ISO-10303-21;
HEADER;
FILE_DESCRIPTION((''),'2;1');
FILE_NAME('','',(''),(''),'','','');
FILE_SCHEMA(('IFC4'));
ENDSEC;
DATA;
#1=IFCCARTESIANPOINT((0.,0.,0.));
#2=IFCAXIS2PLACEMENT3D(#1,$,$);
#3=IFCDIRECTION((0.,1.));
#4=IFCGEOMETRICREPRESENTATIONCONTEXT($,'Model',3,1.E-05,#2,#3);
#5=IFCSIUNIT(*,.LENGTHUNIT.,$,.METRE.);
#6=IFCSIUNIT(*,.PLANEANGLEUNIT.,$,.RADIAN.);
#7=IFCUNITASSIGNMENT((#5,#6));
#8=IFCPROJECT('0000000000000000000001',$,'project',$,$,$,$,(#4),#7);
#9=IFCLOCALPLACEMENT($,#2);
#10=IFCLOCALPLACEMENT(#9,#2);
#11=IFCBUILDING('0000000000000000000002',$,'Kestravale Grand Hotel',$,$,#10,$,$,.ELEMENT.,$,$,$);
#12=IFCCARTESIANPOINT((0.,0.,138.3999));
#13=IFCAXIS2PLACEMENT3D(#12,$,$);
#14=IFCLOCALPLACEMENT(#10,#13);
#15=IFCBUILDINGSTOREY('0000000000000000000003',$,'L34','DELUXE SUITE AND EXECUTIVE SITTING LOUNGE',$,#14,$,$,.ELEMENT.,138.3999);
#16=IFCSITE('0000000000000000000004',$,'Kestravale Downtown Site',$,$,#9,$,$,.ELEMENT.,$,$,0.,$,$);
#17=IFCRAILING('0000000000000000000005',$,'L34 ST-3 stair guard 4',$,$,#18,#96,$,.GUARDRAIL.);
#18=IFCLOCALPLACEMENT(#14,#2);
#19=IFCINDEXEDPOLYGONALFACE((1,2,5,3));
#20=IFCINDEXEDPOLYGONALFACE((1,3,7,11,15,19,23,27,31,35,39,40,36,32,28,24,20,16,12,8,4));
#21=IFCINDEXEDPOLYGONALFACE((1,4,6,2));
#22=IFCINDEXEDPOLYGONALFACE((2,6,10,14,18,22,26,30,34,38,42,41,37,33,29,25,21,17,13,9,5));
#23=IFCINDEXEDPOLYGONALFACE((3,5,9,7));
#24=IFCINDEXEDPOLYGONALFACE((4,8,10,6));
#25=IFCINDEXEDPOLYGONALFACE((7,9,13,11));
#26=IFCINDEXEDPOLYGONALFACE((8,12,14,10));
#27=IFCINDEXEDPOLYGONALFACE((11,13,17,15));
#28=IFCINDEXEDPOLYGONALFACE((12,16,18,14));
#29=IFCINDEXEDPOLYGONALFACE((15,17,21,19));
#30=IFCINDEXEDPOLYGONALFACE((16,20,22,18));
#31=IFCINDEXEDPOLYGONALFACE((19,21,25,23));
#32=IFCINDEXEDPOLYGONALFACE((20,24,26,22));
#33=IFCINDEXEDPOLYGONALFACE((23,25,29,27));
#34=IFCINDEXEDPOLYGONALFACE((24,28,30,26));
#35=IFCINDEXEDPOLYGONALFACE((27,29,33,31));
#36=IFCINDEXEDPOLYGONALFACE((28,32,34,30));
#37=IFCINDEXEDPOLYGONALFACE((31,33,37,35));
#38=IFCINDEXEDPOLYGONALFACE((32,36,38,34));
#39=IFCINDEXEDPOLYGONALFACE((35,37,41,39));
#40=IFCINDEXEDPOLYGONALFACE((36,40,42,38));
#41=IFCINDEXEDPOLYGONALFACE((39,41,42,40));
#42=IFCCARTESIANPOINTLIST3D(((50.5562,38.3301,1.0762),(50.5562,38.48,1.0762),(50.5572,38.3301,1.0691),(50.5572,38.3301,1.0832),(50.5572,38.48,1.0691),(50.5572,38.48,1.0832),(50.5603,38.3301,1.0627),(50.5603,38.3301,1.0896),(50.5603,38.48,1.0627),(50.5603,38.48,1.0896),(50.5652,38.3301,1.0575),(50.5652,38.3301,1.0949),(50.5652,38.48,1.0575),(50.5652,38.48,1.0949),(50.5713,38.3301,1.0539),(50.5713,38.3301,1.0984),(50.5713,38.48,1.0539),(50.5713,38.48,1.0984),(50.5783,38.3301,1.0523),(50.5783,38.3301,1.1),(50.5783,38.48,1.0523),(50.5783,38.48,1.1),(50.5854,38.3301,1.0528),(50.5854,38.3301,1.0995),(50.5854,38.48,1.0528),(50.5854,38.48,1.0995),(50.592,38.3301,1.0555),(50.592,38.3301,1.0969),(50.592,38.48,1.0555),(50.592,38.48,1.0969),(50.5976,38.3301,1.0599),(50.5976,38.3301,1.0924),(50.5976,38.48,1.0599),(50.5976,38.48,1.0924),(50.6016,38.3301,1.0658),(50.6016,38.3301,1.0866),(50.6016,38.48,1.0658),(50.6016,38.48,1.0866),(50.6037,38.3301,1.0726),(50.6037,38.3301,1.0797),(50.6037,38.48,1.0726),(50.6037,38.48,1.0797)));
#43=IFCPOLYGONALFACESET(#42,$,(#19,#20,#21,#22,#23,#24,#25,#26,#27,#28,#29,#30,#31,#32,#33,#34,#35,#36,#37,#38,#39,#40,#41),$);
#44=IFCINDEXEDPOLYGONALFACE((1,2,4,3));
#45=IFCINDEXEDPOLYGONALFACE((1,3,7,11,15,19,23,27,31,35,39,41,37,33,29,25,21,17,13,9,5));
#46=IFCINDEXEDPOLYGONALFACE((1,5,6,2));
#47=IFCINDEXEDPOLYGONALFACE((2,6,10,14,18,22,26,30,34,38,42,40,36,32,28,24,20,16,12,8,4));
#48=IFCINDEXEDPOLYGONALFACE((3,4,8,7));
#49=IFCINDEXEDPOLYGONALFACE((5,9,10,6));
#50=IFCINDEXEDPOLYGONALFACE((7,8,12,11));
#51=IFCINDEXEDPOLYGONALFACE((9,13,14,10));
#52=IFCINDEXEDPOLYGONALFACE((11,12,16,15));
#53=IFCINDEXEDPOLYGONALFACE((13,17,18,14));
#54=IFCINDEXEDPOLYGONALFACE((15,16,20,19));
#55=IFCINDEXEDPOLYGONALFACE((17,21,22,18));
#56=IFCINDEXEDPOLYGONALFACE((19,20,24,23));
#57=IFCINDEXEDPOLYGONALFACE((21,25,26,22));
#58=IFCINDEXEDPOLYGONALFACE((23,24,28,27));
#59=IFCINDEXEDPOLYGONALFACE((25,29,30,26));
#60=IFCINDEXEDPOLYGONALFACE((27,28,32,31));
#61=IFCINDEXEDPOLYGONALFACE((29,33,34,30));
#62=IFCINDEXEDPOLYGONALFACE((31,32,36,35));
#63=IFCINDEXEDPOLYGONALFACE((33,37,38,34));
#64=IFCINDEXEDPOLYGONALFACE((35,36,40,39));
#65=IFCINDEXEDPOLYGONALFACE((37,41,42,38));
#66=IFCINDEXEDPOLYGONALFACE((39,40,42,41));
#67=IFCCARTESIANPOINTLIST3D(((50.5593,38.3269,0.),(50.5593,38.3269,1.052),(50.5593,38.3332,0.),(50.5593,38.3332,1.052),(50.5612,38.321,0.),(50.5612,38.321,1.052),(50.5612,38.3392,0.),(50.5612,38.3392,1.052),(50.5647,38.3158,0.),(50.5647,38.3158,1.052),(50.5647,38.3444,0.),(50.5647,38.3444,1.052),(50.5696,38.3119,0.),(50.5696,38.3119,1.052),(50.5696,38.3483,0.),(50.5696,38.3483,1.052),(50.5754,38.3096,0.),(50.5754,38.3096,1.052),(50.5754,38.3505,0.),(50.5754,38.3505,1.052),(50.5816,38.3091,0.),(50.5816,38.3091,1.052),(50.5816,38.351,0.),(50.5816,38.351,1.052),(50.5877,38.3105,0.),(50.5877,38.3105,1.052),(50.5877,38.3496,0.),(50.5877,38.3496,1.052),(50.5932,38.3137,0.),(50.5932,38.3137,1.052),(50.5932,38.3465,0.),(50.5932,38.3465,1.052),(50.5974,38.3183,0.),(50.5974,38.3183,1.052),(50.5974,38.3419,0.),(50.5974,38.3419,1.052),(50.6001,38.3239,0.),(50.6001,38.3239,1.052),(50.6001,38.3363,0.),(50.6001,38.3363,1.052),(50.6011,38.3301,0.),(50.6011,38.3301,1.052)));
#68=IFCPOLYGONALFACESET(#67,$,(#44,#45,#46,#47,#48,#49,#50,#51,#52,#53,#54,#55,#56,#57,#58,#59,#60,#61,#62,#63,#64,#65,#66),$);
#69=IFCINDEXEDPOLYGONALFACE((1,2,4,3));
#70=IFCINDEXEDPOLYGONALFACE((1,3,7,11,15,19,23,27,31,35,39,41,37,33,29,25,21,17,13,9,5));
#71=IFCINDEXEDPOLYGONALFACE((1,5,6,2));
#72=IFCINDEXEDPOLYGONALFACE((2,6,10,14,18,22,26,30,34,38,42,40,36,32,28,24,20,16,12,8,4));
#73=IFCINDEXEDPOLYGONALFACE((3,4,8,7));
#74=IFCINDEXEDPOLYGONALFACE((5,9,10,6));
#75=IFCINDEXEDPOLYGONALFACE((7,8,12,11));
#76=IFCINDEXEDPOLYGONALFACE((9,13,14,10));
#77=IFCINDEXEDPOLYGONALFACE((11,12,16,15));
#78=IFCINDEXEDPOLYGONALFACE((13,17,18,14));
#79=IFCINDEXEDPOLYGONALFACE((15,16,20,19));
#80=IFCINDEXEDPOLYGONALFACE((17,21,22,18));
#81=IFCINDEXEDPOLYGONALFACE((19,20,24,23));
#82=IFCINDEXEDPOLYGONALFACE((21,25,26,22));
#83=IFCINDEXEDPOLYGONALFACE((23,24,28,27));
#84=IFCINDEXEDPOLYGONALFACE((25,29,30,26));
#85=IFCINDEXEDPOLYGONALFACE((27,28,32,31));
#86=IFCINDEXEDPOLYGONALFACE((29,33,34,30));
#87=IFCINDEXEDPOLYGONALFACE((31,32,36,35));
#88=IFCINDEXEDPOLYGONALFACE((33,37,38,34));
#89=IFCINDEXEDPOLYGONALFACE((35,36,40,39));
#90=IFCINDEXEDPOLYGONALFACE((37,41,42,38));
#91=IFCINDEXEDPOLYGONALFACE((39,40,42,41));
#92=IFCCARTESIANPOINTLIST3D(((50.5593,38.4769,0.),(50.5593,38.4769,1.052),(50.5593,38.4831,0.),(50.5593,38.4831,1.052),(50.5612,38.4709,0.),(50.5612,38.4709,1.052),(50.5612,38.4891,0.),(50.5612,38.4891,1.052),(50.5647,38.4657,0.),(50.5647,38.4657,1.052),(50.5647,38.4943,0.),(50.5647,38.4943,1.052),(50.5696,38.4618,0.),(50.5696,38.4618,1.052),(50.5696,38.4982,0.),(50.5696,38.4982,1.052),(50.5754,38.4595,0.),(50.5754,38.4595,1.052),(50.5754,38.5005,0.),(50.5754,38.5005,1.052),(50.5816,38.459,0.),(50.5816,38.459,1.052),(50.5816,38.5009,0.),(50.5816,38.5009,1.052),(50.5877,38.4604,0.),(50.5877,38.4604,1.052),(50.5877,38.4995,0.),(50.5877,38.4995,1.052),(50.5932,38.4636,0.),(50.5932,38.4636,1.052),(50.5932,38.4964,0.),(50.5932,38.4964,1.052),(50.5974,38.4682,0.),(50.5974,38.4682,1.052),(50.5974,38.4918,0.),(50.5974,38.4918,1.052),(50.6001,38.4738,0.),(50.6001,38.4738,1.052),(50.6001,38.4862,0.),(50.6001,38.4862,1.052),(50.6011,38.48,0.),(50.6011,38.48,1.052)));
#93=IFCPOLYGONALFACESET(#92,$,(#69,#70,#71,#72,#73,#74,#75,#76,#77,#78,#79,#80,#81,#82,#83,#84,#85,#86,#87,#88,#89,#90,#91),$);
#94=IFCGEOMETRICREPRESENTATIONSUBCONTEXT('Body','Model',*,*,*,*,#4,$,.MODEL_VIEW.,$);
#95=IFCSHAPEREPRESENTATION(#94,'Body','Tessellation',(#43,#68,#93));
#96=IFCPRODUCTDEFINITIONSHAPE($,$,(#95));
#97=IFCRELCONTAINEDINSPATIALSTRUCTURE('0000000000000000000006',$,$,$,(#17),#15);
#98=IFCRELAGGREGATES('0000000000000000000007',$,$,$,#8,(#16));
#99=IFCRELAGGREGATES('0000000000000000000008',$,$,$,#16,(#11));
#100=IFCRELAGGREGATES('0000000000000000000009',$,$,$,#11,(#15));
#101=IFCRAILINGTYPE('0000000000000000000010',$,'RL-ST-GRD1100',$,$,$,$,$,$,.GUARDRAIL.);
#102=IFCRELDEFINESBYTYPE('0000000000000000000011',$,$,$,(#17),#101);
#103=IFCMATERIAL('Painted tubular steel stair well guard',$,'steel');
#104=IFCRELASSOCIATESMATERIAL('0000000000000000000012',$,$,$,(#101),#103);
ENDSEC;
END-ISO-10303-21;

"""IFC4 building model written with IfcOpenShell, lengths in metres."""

from ifc_helpers import new_model, si_unit, direction, frame, origin, origin_2d, place, context, subcontext, project, spatial, circle, extrude, material, type_object, element, save


model = new_model("IFC4")

# Units and contexts
model_context = context("Model", 3, precision=1e-05, world=origin(), true_north=direction((0.0, 1.0)))
body_context = subcontext(model_context, "Body", "Model", "MODEL_VIEW")
ifc_project = project(units=[si_unit("LENGTHUNIT", "METRE"), si_unit("PLANEANGLEUNIT", "RADIAN")], contexts=[model_context])

# Site, building, storey
site_placement = place(None, origin())
site = spatial("IfcSite", under=ifc_project, at=site_placement, Name="Kestravale Downtown Site", CompositionType="ELEMENT", RefElevation=0.0)
building_placement = place(site_placement, origin())
building = spatial("IfcBuilding", under=site, at=building_placement, Name="Kestravale Grand Hotel", CompositionType="ELEMENT")
storey_placement = place(building_placement, frame((0.0, 0.0, 138.3999)))
storey = spatial("IfcBuildingStorey", under=building, at=storey_placement, Name="L34", Description="DELUXE SUITE AND EXECUTIVE SITTING LOUNGE", CompositionType="ELEMENT", Elevation=138.3999)

# Railing
ifc_material_1 = material(Name="Painted tubular steel stair well guard", Category="steel")
railing_type_1 = type_object("IfcRailingType", Name="RL-ST-GRD1100", PredefinedType="GUARDRAIL", material=ifc_material_1)
railing_1_placement = place(storey_placement, frame((50.5801, 38.3301, 0.0)))
element("IfcRailing", 1, at=railing_1_placement, inside=storey, type_object=railing_type_1, Name="L34 ST-3 stair guard 4", PredefinedType="GUARDRAIL", context=body_context, shape_type="SweptSolid", body=[
    extrude(circle(Radius=0.0239, at=origin_2d()), frame((0.0, 0.0, 1.0762), z_axis=(0.0, 1.0, 0.0), x_axis=(-1.0, 0.0, 0.0)), (0.0, 0.0, 1.0), 0.1499),
    extrude(circle(Radius=0.021, at=origin_2d()), origin(), (0.0, 0.0, 1.0), 1.052),
    extrude(circle(Radius=0.021, at=origin_2d()), frame((0.0, 0.1499, 0.0)), (0.0, 0.0, 1.0), 1.052),
])

save(model, "model.ifc")
